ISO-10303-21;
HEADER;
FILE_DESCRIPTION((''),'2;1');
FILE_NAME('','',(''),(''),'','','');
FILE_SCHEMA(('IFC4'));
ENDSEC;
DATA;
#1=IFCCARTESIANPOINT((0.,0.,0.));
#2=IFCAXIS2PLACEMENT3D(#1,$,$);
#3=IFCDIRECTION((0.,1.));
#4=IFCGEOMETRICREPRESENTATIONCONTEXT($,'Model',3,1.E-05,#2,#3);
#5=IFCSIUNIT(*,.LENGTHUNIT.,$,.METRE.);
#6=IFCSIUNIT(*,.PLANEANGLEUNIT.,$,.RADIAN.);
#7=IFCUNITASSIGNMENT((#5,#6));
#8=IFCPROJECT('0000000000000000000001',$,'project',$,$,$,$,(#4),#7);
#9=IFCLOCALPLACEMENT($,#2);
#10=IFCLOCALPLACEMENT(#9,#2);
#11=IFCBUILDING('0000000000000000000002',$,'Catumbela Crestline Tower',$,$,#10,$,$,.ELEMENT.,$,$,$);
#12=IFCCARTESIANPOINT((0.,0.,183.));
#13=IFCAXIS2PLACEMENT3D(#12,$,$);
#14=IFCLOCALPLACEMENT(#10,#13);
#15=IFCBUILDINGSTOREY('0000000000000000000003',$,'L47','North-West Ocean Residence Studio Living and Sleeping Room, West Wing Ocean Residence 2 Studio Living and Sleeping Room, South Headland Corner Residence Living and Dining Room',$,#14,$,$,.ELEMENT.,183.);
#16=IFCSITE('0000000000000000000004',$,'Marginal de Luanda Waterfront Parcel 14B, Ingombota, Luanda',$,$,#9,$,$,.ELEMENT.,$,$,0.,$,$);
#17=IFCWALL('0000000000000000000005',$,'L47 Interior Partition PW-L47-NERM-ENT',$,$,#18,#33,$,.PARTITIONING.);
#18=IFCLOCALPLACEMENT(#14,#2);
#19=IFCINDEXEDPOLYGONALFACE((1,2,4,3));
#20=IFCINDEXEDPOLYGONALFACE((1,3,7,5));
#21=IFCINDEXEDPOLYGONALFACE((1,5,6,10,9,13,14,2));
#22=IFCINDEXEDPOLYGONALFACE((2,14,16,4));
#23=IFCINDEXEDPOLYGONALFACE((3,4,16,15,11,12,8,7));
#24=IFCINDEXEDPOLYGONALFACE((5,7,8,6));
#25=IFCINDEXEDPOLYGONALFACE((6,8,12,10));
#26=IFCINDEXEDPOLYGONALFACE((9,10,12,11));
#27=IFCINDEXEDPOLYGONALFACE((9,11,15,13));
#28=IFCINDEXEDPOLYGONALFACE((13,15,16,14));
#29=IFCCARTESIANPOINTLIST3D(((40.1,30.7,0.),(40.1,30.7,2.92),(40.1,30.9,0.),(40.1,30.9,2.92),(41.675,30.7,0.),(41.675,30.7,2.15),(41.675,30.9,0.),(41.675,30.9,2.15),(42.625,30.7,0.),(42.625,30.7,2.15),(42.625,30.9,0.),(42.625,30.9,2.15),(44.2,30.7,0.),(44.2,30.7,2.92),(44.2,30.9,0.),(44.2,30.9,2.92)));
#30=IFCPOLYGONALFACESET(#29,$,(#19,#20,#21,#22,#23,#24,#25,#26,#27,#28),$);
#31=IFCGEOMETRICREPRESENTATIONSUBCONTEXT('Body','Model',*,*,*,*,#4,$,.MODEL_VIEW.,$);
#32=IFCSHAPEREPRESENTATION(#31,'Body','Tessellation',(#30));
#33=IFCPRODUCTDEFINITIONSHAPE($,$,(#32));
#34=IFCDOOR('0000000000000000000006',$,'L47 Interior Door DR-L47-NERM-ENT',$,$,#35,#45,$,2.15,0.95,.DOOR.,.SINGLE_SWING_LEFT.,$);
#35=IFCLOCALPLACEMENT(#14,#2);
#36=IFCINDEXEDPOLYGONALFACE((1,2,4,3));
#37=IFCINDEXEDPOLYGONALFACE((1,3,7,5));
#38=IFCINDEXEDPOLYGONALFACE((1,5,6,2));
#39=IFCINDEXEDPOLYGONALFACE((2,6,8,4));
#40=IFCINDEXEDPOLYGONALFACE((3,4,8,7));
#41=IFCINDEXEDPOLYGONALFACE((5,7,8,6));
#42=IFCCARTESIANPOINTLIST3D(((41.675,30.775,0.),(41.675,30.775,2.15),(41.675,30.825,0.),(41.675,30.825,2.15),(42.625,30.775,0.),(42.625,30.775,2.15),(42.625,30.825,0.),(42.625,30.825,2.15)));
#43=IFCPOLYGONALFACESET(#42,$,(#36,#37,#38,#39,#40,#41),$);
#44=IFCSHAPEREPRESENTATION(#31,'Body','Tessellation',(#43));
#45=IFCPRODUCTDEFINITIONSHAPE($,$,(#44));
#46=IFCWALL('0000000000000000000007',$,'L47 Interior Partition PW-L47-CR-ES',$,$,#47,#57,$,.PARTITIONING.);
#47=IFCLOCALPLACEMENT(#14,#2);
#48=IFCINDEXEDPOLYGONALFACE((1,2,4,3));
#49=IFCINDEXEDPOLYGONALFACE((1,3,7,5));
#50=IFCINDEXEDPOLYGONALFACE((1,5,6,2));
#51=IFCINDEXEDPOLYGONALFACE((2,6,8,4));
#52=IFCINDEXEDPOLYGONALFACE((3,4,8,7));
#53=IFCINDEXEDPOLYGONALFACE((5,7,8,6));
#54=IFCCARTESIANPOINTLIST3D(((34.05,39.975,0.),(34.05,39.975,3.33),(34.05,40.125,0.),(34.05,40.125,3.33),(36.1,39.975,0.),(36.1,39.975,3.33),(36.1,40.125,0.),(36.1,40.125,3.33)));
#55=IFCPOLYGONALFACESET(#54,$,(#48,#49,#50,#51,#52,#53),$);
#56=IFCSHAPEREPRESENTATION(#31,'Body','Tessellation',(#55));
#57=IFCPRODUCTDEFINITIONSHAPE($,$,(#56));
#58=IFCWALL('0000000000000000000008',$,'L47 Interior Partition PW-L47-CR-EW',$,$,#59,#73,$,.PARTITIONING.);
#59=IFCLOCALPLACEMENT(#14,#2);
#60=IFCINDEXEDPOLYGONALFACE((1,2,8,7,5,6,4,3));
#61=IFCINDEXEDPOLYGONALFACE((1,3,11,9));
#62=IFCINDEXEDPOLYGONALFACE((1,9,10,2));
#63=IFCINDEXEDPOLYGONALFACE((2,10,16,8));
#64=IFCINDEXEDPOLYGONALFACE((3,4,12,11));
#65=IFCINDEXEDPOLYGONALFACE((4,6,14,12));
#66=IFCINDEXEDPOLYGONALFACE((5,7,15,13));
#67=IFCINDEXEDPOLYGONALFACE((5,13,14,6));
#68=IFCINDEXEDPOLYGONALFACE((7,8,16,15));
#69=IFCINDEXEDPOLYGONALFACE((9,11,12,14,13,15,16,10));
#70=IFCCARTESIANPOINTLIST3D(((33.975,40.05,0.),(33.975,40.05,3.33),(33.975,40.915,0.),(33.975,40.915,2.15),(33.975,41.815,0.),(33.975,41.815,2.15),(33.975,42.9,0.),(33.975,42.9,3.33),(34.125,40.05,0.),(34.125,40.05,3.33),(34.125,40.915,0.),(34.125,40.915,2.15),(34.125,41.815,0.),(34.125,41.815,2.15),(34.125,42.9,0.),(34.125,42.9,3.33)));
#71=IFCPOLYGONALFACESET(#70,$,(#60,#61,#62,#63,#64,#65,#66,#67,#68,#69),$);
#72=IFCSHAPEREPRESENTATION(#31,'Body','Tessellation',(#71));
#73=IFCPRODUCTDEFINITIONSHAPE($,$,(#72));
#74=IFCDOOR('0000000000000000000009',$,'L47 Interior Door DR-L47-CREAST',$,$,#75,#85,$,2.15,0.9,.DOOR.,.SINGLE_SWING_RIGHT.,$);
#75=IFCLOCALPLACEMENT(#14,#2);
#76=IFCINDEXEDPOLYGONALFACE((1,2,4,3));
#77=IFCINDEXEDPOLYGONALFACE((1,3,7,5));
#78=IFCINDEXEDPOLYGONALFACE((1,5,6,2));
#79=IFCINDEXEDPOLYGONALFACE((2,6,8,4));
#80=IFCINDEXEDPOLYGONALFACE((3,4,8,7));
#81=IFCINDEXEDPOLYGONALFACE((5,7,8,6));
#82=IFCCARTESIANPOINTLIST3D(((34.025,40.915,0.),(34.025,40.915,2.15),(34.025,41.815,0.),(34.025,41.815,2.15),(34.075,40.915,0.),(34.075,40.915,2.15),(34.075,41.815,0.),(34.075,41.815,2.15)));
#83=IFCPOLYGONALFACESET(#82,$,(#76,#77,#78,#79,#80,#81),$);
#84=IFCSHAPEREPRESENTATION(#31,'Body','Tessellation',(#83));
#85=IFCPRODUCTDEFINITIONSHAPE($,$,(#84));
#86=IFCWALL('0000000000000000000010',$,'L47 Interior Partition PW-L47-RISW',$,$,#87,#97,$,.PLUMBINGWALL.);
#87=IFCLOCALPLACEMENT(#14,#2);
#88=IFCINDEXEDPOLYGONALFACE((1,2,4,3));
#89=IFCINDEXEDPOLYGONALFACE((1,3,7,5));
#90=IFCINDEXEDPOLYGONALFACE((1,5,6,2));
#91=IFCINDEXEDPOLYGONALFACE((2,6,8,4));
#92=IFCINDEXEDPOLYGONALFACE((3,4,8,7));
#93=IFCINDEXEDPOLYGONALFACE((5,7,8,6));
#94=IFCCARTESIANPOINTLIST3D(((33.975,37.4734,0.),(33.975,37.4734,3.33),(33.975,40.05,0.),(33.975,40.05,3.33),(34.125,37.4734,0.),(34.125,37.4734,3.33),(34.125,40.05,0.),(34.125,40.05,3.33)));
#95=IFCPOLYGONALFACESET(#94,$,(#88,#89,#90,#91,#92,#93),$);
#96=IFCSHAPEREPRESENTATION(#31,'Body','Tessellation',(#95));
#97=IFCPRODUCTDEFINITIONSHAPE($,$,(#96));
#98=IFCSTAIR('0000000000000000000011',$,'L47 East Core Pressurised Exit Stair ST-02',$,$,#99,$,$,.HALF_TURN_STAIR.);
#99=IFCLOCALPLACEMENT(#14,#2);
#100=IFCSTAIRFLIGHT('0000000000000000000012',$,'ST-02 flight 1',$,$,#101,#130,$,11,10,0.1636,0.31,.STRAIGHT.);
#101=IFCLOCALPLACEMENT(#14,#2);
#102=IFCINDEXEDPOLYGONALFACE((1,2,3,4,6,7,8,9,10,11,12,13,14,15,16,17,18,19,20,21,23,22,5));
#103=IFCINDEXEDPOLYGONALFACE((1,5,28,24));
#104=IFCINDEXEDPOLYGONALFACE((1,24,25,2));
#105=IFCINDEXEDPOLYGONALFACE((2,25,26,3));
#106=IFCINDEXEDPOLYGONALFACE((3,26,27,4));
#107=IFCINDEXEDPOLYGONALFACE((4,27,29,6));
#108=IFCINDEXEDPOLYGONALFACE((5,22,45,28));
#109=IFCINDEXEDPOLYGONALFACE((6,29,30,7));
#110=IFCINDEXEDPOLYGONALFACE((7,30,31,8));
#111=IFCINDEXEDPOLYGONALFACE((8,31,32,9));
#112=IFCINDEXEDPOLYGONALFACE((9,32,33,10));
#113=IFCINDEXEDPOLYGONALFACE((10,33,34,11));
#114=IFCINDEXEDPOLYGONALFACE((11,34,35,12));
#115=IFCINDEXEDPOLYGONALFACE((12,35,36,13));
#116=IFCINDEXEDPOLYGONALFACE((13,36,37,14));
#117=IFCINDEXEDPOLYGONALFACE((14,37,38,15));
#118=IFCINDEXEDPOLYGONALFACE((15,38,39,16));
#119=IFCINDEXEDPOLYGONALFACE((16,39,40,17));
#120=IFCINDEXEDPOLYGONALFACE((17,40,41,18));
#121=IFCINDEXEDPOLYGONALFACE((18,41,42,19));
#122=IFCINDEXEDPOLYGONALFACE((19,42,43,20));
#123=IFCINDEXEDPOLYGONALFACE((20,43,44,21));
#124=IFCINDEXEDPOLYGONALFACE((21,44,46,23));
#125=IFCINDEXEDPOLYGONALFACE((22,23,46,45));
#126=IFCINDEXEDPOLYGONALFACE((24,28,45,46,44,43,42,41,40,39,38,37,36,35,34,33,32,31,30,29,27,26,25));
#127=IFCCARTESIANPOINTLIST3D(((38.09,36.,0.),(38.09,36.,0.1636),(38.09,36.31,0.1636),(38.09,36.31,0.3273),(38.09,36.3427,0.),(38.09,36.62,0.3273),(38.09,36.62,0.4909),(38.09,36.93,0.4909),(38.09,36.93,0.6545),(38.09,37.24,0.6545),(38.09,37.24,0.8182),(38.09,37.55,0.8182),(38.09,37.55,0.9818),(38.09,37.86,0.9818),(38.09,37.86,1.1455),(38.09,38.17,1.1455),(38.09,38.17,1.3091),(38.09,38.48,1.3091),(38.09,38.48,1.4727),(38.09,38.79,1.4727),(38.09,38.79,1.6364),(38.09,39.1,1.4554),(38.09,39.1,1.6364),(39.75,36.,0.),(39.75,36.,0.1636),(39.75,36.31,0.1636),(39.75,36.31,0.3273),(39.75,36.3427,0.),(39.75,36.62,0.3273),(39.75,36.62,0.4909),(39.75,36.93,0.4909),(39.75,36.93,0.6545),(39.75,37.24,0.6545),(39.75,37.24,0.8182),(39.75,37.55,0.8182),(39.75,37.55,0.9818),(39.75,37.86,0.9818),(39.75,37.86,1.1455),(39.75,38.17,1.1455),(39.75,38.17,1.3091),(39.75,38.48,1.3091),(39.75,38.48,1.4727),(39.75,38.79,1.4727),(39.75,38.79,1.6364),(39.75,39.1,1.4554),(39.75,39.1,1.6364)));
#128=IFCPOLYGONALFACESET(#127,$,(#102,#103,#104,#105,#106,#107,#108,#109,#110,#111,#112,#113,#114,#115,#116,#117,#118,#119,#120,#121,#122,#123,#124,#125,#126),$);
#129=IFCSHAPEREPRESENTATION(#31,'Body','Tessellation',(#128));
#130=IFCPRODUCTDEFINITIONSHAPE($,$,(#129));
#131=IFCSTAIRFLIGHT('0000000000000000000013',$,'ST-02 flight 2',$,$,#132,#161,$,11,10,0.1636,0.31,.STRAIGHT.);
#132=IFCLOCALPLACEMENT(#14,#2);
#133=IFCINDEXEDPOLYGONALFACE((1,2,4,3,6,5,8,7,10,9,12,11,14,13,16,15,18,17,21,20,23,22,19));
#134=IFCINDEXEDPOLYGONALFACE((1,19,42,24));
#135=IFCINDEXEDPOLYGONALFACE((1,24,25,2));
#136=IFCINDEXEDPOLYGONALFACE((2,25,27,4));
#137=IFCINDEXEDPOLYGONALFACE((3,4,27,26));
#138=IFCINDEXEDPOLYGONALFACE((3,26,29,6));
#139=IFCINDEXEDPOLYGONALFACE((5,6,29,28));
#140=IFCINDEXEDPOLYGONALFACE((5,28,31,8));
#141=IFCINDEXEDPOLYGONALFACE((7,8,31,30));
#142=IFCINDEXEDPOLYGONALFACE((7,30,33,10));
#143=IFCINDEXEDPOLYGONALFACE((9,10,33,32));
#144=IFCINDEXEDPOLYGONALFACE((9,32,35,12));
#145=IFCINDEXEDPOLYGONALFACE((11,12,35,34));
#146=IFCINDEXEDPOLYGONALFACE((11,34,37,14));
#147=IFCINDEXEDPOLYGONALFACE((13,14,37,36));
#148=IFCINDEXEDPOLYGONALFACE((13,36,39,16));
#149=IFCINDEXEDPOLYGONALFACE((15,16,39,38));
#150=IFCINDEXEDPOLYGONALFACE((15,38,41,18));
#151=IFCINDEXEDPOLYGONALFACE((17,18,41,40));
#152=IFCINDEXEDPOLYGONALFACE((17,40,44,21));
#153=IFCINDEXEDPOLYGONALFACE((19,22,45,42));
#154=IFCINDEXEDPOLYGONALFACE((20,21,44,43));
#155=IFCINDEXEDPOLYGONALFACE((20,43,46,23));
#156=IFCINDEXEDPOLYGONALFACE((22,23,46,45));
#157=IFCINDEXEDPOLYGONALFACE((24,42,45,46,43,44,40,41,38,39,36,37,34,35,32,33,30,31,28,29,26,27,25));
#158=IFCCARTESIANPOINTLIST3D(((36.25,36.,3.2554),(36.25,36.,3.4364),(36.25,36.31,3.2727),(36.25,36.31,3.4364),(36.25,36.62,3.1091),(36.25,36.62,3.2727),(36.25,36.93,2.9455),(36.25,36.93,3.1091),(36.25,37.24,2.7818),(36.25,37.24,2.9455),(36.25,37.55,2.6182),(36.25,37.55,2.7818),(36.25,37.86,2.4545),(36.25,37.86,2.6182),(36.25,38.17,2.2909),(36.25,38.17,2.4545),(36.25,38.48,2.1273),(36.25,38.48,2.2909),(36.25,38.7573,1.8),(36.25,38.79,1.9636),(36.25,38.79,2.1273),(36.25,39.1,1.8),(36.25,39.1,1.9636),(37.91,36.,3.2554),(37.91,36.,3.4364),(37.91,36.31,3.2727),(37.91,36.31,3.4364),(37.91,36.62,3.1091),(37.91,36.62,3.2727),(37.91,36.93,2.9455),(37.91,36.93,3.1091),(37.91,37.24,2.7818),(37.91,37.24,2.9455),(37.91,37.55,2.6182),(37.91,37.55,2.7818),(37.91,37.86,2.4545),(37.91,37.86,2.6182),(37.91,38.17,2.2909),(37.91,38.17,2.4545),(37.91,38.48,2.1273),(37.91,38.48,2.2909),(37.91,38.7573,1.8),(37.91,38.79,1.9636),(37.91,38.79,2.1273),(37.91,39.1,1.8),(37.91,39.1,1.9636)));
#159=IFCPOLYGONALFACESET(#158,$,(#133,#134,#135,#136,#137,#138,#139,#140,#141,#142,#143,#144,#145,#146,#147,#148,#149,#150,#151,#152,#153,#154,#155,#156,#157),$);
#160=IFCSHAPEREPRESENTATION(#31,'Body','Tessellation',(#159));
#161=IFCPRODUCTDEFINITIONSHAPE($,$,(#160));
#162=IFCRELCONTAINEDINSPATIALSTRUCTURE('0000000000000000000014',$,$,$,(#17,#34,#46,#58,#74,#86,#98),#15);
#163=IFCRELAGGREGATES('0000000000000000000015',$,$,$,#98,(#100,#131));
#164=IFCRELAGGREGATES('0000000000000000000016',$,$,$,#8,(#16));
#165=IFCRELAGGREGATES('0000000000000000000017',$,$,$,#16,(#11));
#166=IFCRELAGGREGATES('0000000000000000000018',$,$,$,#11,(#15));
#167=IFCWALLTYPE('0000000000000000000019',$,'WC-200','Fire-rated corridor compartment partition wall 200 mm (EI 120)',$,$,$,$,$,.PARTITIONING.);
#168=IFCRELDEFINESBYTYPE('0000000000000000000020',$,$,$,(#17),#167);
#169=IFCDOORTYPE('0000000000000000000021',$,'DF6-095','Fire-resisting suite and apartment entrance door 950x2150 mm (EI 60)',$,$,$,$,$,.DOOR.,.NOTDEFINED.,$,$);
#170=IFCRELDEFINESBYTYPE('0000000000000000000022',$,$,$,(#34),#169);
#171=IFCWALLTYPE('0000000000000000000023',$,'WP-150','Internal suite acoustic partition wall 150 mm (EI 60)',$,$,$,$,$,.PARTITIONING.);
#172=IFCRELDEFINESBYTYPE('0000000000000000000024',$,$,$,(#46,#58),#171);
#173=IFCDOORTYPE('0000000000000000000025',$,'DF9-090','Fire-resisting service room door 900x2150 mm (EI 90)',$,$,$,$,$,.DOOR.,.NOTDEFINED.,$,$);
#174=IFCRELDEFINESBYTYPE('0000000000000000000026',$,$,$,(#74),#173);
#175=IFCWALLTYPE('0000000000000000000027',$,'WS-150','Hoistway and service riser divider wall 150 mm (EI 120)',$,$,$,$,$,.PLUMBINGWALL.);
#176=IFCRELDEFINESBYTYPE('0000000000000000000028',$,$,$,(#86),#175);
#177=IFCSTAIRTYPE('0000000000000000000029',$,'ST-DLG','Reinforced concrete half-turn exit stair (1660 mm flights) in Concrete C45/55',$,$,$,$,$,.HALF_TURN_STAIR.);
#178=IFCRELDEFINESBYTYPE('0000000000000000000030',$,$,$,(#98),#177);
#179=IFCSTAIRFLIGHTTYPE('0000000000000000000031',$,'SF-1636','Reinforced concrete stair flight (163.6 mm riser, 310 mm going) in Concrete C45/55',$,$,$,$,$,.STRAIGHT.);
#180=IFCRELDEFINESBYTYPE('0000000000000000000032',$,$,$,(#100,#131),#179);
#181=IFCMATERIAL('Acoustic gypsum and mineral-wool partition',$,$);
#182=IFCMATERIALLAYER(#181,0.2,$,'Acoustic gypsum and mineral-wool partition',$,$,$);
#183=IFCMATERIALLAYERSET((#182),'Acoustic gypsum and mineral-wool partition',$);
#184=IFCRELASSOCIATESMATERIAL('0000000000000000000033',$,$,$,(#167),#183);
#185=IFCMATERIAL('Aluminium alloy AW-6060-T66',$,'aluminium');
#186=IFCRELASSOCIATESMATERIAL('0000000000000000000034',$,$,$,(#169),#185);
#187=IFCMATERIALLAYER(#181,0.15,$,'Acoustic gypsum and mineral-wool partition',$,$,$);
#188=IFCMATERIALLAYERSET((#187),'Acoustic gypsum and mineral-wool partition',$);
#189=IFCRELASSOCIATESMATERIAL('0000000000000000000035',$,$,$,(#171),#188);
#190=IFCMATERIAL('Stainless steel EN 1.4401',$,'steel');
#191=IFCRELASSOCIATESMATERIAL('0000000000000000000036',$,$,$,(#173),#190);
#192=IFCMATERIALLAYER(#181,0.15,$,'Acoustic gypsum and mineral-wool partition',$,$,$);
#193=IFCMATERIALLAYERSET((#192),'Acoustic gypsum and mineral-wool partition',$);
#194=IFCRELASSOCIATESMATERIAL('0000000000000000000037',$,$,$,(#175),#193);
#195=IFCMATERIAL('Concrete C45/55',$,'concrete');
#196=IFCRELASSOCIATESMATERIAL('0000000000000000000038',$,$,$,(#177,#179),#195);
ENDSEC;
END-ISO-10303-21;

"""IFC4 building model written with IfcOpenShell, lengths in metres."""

from ifc_helpers import new_model, si_unit, direction, frame, frame_2d, origin, place, context, subcontext, project, spatial, polyline, rectangle, outline, extrude, material, layer, layer_set, type_object, element, fill, aggregate, save


model = new_model("IFC4")

# Units and contexts
model_context = context("Model", 3, precision=1e-05, world=origin(), true_north=direction((0.0, 1.0)))
body_context = subcontext(model_context, "Body", "Model", "MODEL_VIEW")
ifc_project = project(units=[si_unit("LENGTHUNIT", "METRE"), si_unit("PLANEANGLEUNIT", "RADIAN")], contexts=[model_context])

# Site, building, storey
site_placement = place(None, origin())
site = spatial("IfcSite", under=ifc_project, at=site_placement, Name="Marginal de Luanda Waterfront Parcel 14B, Ingombota, Luanda", CompositionType="ELEMENT", RefElevation=0.0)
building_placement = place(site_placement, origin())
building = spatial("IfcBuilding", under=site, at=building_placement, Name="Catumbela Crestline Tower", CompositionType="ELEMENT")
storey_placement = place(building_placement, frame((0.0, 0.0, 183.0)))
storey = spatial("IfcBuildingStorey", under=building, at=storey_placement, Name="L47", Description="North-West Ocean Residence Studio Living and Sleeping Room, West Wing Ocean Residence 2 Studio Living and Sleeping Room, South Headland Corner Residence Living and Dining Room", CompositionType="ELEMENT", Elevation=183.0)

# Shared definitions
ifc_material_1 = material(Name="Aluminium alloy AW-6060-T66", Category="aluminium")

# Wall, opening, door
ifc_material_2 = material(Name="Acoustic gypsum and mineral-wool partition")
ifc_layer_1 = layer(ifc_material_2, 0.2, Name="Acoustic gypsum and mineral-wool partition")
ifc_layer_set_1 = layer_set([ifc_layer_1], Name="Acoustic gypsum and mineral-wool partition")
wall_type_1 = type_object("IfcWallType", Name="WC-200", Description="Fire-rated corridor compartment partition wall 200 mm (EI 120)", PredefinedType="PARTITIONING", material=ifc_layer_set_1)
wall_1_placement = place(storey_placement, frame((40.1, 30.8, 0.0), z_axis=(0.0, 0.0, 1.0), x_axis=(1.0, 0.0, 0.0)))
wall_1 = element("IfcWall", 1, at=wall_1_placement, inside=storey, type_object=wall_type_1, Name="L47 Interior Partition PW-L47-NERM-ENT", PredefinedType="PARTITIONING", context=body_context, shape_type="SweptSolid", body=[
    extrude(rectangle(XDim=4.1, YDim=0.2, at=frame_2d((2.05, 0.0))), origin(), (0.0, 0.0, 1.0), 2.92),
])
opening_1_placement = place(wall_1_placement, frame((1.575, 0.0, 0.0)))
opening_1 = element("IfcOpeningElement", 2, at=opening_1_placement, cuts=wall_1, PredefinedType="OPENING", context=body_context, shape_type="SweptSolid", body=[
    extrude(rectangle(XDim=0.95, YDim=2.15, at=frame_2d((0.475, 1.075))), frame((0.0, 0.11, 0.0), z_axis=(0.0, -1.0, 0.0), x_axis=(1.0, 0.0, 0.0)), (0.0, 0.0, 1.0), 0.22),
])
door_type_1 = type_object("IfcDoorType", Name="DF6-095", Description="Fire-resisting suite and apartment entrance door 950x2150 mm (EI 60)", OperationType="NOTDEFINED", PredefinedType="DOOR", material=ifc_material_1)
door_1_placement = place(opening_1_placement, origin())
door_1 = element("IfcDoor", 3, at=door_1_placement, inside=storey, type_object=door_type_1, Name="L47 Interior Door DR-L47-NERM-ENT", OperationType="SINGLE_SWING_LEFT", OverallHeight=2.15, OverallWidth=0.95, PredefinedType="DOOR", context=body_context, shape_type="SweptSolid", body=[
    extrude(rectangle(XDim=0.95, YDim=2.15, at=frame_2d((0.475, 1.075))), frame((0.0, 0.025, 0.0), z_axis=(0.0, -1.0, 0.0), x_axis=(1.0, 0.0, 0.0)), (0.0, 0.0, 1.0), 0.05),
])
fill(opening_1, door_1)

# Wall
ifc_layer_2 = layer(ifc_material_2, 0.15, Name="Acoustic gypsum and mineral-wool partition")
ifc_layer_set_2 = layer_set([ifc_layer_2], Name="Acoustic gypsum and mineral-wool partition")
wall_type_2 = type_object("IfcWallType", Name="WP-150", Description="Internal suite acoustic partition wall 150 mm (EI 60)", PredefinedType="PARTITIONING", material=ifc_layer_set_2)
wall_2_placement = place(storey_placement, frame((34.05, 40.05, 0.0), z_axis=(0.0, 0.0, 1.0), x_axis=(1.0, 0.0, 0.0)))
element("IfcWall", 4, at=wall_2_placement, inside=storey, type_object=wall_type_2, Name="L47 Interior Partition PW-L47-CR-ES", PredefinedType="PARTITIONING", context=body_context, shape_type="SweptSolid", body=[
    extrude(rectangle(XDim=2.05, YDim=0.15, at=frame_2d((1.025, 0.0))), origin(), (0.0, 0.0, 1.0), 3.33),
])

# Wall, opening, door
wall_3_placement = place(storey_placement, frame((34.05, 40.05, 0.0), z_axis=(0.0, 0.0, 1.0), x_axis=(0.0, 1.0, 0.0)))
wall_3 = element("IfcWall", 5, at=wall_3_placement, inside=storey, type_object=wall_type_2, Name="L47 Interior Partition PW-L47-CR-EW", PredefinedType="PARTITIONING", context=body_context, shape_type="SweptSolid", body=[
    extrude(rectangle(XDim=2.85, YDim=0.15, at=frame_2d((1.425, 0.0))), origin(), (0.0, 0.0, 1.0), 3.33),
])
opening_2_placement = place(wall_3_placement, frame((0.865, 0.0, 0.0)))
opening_2 = element("IfcOpeningElement", 6, at=opening_2_placement, cuts=wall_3, PredefinedType="OPENING", context=body_context, shape_type="SweptSolid", body=[
    extrude(rectangle(XDim=0.9, YDim=2.15, at=frame_2d((0.45, 1.075))), frame((0.0, 0.085, 0.0), z_axis=(0.0, -1.0, 0.0), x_axis=(1.0, 0.0, 0.0)), (0.0, 0.0, 1.0), 0.17),
])
ifc_material_3 = material(Name="Stainless steel EN 1.4401", Category="steel")
door_type_2 = type_object("IfcDoorType", Name="DF9-090", Description="Fire-resisting service room door 900x2150 mm (EI 90)", OperationType="NOTDEFINED", PredefinedType="DOOR", material=ifc_material_3)
door_2_placement = place(opening_2_placement, origin())
door_2 = element("IfcDoor", 7, at=door_2_placement, inside=storey, type_object=door_type_2, Name="L47 Interior Door DR-L47-CREAST", OperationType="SINGLE_SWING_RIGHT", OverallHeight=2.15, OverallWidth=0.9, PredefinedType="DOOR", context=body_context, shape_type="SweptSolid", body=[
    extrude(rectangle(XDim=0.9, YDim=2.15, at=frame_2d((0.45, 1.075))), frame((0.0, 0.025, 0.0), z_axis=(0.0, -1.0, 0.0), x_axis=(1.0, 0.0, 0.0)), (0.0, 0.0, 1.0), 0.05),
])
fill(opening_2, door_2)

# Wall
ifc_layer_3 = layer(ifc_material_2, 0.15, Name="Acoustic gypsum and mineral-wool partition")
ifc_layer_set_3 = layer_set([ifc_layer_3], Name="Acoustic gypsum and mineral-wool partition")
wall_type_3 = type_object("IfcWallType", Name="WS-150", Description="Hoistway and service riser divider wall 150 mm (EI 120)", PredefinedType="PLUMBINGWALL", material=ifc_layer_set_3)
wall_4_placement = place(storey_placement, frame((34.05, 37.4734, 0.0), z_axis=(0.0, 0.0, 1.0), x_axis=(0.0, 1.0, 0.0)))
element("IfcWall", 8, at=wall_4_placement, inside=storey, type_object=wall_type_3, Name="L47 Interior Partition PW-L47-RISW", PredefinedType="PLUMBINGWALL", context=body_context, shape_type="SweptSolid", body=[
    extrude(rectangle(XDim=2.5766, YDim=0.15, at=frame_2d((1.2883, 0.0))), origin(), (0.0, 0.0, 1.0), 3.33),
])

# Stair, stair flights
ifc_material_4 = material(Name="Concrete C45/55", Category="concrete")
stair_type = type_object("IfcStairType", Name="ST-DLG", Description="Reinforced concrete half-turn exit stair (1660 mm flights) in Concrete C45/55", PredefinedType="HALF_TURN_STAIR", material=ifc_material_4)
stair_placement = place(storey_placement, origin())
stair = element("IfcStair", 9, at=stair_placement, inside=storey, type_object=stair_type, Name="L47 East Core Pressurised Exit Stair ST-02", PredefinedType="HALF_TURN_STAIR")
stair_flight_type = type_object("IfcStairFlightType", Name="SF-1636", Description="Reinforced concrete stair flight (163.6 mm riser, 310 mm going) in Concrete C45/55", PredefinedType="STRAIGHT", material=ifc_material_4)
stair_flight_1_placement = place(storey_placement, frame((38.92, 36.0, 0.0), z_axis=(0.0, 0.0, 1.0), x_axis=(0.0, 1.0, 0.0)))
stair_flight_1 = element("IfcStairFlight", 10, at=stair_flight_1_placement, type_object=stair_flight_type, Name="ST-02 flight 1", NumberOfRisers=11, NumberOfTreads=10, PredefinedType="STRAIGHT", RiserHeight=0.1636, TreadLength=0.31, context=body_context, shape_type="SweptSolid", body=[
    extrude(outline(polyline([(0.0, 0.0), (0.0, 0.1636), (0.31, 0.1636), (0.31, 0.3273), (0.62, 0.3273), (0.62, 0.4909), (0.93, 0.4909), (0.93, 0.6545), (1.24, 0.6545), (1.24, 0.8182), (1.55, 0.8182), (1.55, 0.9818), (1.86, 0.9818), (1.86, 1.1455), (2.17, 1.1455), (2.17, 1.3091), (2.48, 1.3091), (2.48, 1.4727), (2.79, 1.4727), (2.79, 1.6364), (3.1, 1.6364), (3.1, 1.8), (3.1, 1.4554), (0.3427, 0.0), (0.0, 0.0)])), frame((0.0, 0.83, 0.0), z_axis=(0.0, -1.0, 0.0), x_axis=(1.0, 0.0, 0.0)), (0.0, 0.0, 1.0), 1.66),
])
stair_flight_2_placement = place(storey_placement, frame((37.08, 39.1, 1.8), z_axis=(0.0, 0.0, 1.0), x_axis=(0.0, -1.0, 0.0)))
stair_flight_2 = element("IfcStairFlight", 11, at=stair_flight_2_placement, type_object=stair_flight_type, Name="ST-02 flight 2", NumberOfRisers=11, NumberOfTreads=10, PredefinedType="STRAIGHT", RiserHeight=0.1636, TreadLength=0.31, context=body_context, shape_type="SweptSolid", body=[
    extrude(outline(polyline([(0.0, 0.0), (0.0, 0.1636), (0.31, 0.1636), (0.31, 0.3273), (0.62, 0.3273), (0.62, 0.4909), (0.93, 0.4909), (0.93, 0.6545), (1.24, 0.6545), (1.24, 0.8182), (1.55, 0.8182), (1.55, 0.9818), (1.86, 0.9818), (1.86, 1.1455), (2.17, 1.1455), (2.17, 1.3091), (2.48, 1.3091), (2.48, 1.4727), (2.79, 1.4727), (2.79, 1.6364), (3.1, 1.6364), (3.1, 1.8), (3.1, 1.4554), (0.3427, 0.0), (0.0, 0.0)])), frame((0.0, 0.83, 0.0), z_axis=(0.0, -1.0, 0.0), x_axis=(1.0, 0.0, 0.0)), (0.0, 0.0, 1.0), 1.66),
])
aggregate(stair, [stair_flight_1, stair_flight_2])

save(model, "model.ifc")
